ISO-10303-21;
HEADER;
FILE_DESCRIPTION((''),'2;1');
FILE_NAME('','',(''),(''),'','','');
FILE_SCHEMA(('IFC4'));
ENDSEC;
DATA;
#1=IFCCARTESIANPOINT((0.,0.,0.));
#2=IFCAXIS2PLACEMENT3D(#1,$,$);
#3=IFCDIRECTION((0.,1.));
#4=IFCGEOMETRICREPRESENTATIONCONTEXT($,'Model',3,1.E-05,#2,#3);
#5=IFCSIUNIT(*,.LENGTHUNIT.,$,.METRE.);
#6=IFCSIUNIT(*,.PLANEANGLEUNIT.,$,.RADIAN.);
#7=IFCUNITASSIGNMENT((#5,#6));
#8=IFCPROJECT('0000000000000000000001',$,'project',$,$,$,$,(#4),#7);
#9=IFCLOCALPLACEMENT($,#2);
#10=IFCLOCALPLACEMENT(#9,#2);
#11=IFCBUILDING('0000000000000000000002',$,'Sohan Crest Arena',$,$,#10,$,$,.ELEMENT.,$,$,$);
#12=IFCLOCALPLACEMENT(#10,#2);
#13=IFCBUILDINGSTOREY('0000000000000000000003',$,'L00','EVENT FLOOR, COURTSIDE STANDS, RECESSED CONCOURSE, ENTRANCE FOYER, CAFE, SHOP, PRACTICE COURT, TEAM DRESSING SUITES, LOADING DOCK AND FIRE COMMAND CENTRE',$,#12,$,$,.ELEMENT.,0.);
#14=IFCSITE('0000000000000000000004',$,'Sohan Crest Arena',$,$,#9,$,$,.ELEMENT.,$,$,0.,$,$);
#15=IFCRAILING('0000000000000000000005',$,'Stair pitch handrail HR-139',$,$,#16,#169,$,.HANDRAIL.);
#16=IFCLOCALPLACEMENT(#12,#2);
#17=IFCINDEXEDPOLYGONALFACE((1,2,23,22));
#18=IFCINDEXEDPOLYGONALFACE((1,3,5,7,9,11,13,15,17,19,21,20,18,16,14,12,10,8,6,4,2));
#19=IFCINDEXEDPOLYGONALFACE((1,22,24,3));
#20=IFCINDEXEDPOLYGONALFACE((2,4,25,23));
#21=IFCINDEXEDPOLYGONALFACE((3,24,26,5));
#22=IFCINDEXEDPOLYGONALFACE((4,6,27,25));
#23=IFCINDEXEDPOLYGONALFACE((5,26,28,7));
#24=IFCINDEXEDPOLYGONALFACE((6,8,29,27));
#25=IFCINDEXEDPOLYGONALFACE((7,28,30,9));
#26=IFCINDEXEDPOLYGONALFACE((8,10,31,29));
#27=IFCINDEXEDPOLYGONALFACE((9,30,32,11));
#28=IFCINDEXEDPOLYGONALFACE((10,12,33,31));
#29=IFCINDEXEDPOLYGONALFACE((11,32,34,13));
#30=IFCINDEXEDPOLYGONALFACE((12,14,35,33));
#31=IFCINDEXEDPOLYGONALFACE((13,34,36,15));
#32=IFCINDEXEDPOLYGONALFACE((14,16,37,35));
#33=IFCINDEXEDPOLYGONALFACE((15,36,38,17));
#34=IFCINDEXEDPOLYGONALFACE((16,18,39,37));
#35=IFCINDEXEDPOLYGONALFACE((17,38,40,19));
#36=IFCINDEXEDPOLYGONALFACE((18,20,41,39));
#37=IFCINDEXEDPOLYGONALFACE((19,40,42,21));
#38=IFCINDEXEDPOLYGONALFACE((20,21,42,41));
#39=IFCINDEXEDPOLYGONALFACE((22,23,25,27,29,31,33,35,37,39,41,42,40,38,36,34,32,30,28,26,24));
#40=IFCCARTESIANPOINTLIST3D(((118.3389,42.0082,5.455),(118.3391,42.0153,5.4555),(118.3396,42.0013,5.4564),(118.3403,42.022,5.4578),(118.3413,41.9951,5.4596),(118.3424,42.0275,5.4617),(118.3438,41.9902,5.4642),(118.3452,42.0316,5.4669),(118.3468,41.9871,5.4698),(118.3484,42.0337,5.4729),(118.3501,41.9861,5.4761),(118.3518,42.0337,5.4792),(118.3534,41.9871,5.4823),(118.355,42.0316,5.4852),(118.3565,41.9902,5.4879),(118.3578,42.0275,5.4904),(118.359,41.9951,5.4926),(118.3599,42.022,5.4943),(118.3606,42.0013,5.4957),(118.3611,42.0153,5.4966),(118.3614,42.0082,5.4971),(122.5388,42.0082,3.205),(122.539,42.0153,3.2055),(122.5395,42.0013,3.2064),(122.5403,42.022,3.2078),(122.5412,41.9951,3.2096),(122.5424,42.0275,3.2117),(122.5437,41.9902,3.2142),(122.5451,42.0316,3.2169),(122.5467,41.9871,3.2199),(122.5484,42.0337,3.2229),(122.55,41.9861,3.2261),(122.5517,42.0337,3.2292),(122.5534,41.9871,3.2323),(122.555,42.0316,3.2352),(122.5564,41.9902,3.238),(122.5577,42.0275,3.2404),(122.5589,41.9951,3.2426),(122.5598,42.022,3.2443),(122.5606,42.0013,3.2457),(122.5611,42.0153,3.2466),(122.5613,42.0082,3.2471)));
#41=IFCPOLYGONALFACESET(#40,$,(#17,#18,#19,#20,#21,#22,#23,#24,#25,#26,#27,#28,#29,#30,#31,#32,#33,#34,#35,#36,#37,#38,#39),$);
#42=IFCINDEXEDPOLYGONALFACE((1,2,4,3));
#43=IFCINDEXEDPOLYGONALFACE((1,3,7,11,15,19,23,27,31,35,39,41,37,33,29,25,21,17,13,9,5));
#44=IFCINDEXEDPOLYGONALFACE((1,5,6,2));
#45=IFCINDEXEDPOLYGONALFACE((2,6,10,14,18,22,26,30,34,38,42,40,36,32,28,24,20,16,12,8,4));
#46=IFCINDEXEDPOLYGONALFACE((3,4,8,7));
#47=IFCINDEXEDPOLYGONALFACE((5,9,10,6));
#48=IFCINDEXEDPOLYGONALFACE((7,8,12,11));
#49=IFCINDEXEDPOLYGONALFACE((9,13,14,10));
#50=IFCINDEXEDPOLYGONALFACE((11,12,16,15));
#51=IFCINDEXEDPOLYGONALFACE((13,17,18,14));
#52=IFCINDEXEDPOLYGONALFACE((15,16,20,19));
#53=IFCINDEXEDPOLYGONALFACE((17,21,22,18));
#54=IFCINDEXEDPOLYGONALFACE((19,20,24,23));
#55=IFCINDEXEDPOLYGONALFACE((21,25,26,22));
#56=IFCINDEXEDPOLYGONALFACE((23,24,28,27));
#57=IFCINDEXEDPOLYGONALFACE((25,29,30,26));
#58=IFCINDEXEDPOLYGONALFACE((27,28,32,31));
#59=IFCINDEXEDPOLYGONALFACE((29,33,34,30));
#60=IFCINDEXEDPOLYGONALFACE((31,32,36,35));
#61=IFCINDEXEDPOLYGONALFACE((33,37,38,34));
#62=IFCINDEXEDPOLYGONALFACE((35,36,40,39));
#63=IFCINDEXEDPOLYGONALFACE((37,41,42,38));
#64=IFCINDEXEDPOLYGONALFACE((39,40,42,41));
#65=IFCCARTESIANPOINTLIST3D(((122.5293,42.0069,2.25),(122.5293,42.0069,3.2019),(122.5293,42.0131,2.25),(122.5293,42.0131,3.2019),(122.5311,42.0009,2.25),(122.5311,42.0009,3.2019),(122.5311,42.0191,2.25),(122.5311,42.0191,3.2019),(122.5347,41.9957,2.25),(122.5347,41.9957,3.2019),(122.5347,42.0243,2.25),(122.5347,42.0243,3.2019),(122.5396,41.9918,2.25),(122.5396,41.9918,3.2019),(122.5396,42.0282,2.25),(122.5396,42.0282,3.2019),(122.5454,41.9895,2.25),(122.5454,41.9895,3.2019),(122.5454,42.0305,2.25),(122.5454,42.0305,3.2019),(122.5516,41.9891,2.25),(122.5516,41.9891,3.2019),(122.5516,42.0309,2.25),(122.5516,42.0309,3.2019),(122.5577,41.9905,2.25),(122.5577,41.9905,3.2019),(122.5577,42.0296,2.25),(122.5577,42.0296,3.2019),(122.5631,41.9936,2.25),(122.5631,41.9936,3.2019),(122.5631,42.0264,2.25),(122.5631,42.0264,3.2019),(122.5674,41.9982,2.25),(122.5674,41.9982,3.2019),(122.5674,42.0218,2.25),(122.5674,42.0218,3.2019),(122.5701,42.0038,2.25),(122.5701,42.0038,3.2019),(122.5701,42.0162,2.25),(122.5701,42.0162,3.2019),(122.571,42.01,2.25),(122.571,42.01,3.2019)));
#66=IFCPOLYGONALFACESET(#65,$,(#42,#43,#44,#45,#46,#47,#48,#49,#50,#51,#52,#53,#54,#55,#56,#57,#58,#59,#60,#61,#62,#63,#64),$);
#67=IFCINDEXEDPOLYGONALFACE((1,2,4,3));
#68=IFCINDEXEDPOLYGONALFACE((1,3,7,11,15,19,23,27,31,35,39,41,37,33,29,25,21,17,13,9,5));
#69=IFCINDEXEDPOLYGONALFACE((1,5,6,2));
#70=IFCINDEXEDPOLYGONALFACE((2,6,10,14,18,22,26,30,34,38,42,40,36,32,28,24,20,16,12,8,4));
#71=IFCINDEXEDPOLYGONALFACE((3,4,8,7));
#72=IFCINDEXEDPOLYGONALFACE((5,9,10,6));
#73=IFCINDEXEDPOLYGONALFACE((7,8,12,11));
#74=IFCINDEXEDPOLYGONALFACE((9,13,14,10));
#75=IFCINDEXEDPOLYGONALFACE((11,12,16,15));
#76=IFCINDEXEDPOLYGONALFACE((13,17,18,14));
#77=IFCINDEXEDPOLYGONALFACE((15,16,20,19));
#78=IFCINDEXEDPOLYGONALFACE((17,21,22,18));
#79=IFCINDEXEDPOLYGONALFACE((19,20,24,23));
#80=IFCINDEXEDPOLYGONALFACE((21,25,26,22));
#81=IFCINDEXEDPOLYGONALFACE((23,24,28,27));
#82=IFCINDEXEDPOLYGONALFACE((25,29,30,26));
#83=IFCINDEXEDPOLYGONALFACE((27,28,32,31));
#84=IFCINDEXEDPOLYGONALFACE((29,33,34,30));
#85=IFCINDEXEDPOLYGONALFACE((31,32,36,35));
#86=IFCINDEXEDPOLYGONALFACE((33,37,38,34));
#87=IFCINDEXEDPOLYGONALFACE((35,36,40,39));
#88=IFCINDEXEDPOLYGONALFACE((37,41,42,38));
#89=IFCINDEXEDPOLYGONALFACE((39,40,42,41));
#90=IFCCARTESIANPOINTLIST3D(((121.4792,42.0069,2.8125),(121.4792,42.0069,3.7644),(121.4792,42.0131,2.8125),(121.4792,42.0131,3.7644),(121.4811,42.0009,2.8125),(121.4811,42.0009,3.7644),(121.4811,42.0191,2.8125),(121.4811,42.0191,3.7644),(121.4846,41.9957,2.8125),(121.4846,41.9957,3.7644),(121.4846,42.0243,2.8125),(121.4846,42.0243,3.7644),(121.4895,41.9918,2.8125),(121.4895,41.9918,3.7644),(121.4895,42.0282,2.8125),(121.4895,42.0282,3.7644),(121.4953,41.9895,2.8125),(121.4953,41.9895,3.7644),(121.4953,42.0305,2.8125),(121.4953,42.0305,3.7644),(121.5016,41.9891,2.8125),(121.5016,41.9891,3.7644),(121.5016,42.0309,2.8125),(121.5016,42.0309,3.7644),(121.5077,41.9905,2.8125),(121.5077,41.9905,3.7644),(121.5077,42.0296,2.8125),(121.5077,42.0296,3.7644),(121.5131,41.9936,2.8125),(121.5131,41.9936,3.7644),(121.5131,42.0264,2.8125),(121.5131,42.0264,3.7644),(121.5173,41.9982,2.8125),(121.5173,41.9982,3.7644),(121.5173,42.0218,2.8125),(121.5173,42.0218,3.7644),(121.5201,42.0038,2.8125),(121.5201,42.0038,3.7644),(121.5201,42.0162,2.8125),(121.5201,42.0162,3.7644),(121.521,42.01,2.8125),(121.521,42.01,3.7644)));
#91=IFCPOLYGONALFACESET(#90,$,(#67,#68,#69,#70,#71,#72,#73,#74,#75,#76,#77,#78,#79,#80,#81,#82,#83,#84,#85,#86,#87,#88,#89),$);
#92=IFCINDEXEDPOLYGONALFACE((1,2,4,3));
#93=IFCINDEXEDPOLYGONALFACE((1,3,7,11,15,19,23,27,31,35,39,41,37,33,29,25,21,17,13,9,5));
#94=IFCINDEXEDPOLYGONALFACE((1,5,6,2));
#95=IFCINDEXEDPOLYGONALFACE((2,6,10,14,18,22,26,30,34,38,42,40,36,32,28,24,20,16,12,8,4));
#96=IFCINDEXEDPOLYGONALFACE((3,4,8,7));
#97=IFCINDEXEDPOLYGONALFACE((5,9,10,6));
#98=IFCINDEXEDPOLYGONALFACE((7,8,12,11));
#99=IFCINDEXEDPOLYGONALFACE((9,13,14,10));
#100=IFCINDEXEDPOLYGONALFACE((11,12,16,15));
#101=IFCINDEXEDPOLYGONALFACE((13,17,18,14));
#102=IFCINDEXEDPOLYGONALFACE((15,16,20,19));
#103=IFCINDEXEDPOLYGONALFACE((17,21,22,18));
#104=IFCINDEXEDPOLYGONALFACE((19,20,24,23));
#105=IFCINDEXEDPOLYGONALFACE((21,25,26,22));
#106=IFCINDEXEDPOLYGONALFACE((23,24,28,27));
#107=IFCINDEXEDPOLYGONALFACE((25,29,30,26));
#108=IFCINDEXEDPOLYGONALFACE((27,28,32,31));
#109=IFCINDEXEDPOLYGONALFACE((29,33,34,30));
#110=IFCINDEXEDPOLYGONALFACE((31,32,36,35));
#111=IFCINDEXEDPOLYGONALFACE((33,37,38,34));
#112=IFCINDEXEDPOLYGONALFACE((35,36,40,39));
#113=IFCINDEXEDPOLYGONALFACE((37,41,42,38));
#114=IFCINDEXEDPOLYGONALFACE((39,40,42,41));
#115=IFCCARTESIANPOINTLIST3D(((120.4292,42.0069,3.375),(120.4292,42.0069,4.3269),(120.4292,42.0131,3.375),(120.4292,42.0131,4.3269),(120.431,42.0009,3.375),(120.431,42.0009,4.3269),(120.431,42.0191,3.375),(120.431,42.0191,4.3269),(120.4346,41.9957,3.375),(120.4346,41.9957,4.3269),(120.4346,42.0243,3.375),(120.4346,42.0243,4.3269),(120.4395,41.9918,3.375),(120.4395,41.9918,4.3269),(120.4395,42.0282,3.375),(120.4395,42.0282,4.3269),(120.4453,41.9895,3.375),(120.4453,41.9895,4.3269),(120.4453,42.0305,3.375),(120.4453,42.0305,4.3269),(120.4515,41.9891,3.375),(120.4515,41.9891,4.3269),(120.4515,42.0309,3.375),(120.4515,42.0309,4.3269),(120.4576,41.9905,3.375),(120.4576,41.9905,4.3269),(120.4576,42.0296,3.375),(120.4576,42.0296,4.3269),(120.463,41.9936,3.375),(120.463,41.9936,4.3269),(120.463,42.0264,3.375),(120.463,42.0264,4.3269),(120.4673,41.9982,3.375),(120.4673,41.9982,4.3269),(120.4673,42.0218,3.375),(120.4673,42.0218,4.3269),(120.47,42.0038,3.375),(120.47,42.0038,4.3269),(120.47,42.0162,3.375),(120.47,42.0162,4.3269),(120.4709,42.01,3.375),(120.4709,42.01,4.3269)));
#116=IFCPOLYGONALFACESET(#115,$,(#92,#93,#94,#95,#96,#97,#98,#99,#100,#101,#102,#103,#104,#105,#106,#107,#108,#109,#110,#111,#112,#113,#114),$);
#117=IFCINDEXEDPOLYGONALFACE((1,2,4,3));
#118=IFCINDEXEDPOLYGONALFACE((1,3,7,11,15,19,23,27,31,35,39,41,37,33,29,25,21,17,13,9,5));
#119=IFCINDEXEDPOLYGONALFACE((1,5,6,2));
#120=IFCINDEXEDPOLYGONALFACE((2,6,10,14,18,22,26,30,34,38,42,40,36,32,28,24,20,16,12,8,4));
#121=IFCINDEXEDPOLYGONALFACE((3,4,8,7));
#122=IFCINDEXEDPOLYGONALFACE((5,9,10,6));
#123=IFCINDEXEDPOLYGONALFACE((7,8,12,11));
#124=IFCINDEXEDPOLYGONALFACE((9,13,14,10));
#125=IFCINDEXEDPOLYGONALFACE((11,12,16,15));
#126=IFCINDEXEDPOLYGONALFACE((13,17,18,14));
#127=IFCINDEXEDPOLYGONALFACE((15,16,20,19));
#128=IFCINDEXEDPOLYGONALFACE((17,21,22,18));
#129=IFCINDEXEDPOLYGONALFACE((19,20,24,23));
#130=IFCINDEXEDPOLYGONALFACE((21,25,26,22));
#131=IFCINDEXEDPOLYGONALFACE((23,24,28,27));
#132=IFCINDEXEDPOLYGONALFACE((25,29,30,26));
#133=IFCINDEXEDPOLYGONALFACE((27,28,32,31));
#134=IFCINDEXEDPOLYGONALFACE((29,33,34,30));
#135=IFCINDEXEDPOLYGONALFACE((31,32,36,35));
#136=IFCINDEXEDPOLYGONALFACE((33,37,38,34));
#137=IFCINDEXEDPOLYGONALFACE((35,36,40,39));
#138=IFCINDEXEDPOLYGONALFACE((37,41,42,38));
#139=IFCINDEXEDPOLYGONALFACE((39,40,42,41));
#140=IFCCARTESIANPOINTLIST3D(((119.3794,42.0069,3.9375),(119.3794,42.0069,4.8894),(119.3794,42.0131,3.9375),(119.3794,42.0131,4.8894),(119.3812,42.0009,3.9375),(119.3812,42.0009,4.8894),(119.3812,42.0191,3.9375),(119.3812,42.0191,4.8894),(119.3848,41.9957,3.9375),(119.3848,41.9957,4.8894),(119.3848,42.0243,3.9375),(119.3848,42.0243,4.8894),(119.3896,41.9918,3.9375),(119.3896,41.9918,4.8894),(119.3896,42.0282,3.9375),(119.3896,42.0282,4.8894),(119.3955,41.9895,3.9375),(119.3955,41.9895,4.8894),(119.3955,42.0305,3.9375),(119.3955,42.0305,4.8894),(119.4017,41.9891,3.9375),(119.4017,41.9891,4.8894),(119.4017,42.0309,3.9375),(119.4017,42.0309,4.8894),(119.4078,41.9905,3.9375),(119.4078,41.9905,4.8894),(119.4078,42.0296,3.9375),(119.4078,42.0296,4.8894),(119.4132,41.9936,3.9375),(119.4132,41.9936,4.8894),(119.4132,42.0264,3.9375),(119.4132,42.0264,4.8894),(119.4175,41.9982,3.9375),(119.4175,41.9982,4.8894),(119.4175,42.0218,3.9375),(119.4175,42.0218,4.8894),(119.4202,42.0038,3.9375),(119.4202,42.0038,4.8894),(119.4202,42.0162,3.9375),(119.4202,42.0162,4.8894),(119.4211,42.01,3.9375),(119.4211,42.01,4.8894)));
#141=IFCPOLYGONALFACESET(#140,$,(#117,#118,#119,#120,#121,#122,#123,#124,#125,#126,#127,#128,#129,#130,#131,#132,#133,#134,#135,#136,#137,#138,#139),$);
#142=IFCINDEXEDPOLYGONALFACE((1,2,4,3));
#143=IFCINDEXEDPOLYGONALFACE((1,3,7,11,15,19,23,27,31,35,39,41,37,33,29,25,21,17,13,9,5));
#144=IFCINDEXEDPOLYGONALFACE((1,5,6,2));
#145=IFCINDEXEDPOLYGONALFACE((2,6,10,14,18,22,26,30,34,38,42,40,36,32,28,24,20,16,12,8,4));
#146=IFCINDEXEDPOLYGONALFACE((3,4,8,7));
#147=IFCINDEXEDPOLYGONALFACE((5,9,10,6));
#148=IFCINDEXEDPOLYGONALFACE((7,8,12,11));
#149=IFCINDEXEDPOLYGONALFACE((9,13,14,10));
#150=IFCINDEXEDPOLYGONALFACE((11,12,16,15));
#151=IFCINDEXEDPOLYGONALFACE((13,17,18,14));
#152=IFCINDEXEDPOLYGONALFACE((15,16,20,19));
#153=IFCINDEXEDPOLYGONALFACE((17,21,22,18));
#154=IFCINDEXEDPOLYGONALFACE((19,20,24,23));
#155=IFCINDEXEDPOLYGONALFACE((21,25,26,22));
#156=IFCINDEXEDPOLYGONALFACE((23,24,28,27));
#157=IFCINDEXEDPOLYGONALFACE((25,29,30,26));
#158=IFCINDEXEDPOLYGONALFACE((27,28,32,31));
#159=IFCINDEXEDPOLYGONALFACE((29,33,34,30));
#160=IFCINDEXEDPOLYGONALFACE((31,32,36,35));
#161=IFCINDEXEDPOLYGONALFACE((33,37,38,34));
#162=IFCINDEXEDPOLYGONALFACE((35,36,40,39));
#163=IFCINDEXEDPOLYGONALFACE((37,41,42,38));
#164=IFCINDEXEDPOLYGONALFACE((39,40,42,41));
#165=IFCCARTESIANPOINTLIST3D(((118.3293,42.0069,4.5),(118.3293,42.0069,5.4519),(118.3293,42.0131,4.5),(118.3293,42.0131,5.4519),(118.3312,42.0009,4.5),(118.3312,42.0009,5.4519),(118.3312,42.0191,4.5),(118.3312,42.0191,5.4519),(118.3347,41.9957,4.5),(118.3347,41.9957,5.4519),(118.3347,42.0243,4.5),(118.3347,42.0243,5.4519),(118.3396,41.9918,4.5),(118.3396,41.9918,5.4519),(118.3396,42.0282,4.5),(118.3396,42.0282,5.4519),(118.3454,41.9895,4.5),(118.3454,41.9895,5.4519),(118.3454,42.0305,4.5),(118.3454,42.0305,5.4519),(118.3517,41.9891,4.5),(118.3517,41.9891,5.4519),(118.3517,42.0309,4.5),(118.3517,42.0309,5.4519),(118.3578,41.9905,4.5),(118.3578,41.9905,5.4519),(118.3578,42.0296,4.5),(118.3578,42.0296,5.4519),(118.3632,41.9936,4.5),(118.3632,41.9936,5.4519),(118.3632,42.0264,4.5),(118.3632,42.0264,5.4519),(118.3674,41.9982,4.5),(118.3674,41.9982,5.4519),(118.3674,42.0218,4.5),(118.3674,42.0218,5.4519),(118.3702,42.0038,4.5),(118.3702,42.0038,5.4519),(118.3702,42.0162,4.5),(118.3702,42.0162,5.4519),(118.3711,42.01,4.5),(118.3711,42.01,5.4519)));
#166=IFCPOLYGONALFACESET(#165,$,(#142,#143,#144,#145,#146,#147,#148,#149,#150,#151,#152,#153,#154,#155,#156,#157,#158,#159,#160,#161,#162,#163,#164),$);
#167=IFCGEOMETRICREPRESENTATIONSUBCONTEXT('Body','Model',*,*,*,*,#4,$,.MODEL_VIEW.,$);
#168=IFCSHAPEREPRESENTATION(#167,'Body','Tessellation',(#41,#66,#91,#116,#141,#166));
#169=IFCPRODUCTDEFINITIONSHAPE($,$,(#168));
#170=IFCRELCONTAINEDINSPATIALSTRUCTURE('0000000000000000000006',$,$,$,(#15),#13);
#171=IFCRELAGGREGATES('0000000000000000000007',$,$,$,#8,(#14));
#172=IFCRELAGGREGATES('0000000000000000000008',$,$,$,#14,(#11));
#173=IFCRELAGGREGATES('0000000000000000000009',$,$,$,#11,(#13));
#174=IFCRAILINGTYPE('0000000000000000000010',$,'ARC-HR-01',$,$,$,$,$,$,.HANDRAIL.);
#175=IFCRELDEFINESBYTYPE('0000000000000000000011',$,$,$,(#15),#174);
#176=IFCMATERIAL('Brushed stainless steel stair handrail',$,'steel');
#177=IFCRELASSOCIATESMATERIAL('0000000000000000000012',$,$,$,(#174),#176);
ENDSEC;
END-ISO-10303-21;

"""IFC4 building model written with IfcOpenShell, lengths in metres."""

from ifc_helpers import new_model, si_unit, direction, frame, origin, origin_2d, place, context, subcontext, project, spatial, circle, extrude, material, type_object, element, save


model = new_model("IFC4")

# Units and contexts
model_context = context("Model", 3, precision=1e-05, world=origin(), true_north=direction((0.0, 1.0)))
body_context = subcontext(model_context, "Body", "Model", "MODEL_VIEW")
ifc_project = project(units=[si_unit("LENGTHUNIT", "METRE"), si_unit("PLANEANGLEUNIT", "RADIAN")], contexts=[model_context])

# Site, building, storey
site_placement = place(None, origin())
site = spatial("IfcSite", under=ifc_project, at=site_placement, Name="Sohan Crest Arena", CompositionType="ELEMENT", RefElevation=0.0)
building_placement = place(site_placement, origin())
building = spatial("IfcBuilding", under=site, at=building_placement, Name="Sohan Crest Arena", CompositionType="ELEMENT")
storey_placement = place(building_placement, origin())
storey = spatial("IfcBuildingStorey", under=building, at=storey_placement, Name="L00", Description="EVENT FLOOR, COURTSIDE STANDS, RECESSED CONCOURSE, ENTRANCE FOYER, CAFE, SHOP, PRACTICE COURT, TEAM DRESSING SUITES, LOADING DOCK AND FIRE COMMAND CENTRE", CompositionType="ELEMENT", Elevation=0.0)

# Railing
ifc_material_1 = material(Name="Brushed stainless steel stair handrail", Category="steel")
railing_type_1 = type_object("IfcRailingType", Name="ARC-HR-01", PredefinedType="HANDRAIL", material=ifc_material_1)
railing_1_placement = place(storey_placement, frame((122.55, 42.01, 2.25)))
element("IfcRailing", 1, at=railing_1_placement, inside=storey, type_object=railing_type_1, Name="Stair pitch handrail HR-139", PredefinedType="HANDRAIL", context=body_context, shape_type="SweptSolid", body=[
    extrude(circle(Radius=0.0239, at=origin_2d()), frame((0.0, 0.0, 0.9761), z_axis=(-0.881478, 0.0, 0.472226), x_axis=(0.0, -1.0, 0.0)), (0.0, 0.0, 1.0), 4.7646),
    extrude(circle(Radius=0.021, at=origin_2d()), origin(), (0.0, 0.0, 1.0), 0.9519),
    extrude(circle(Radius=0.021, at=origin_2d()), frame((-1.05, 0.0, 0.5625)), (0.0, 0.0, 1.0), 0.9519),
    extrude(circle(Radius=0.021, at=origin_2d()), frame((-2.1001, 0.0, 1.125)), (0.0, 0.0, 1.0), 0.9519),
    extrude(circle(Radius=0.021, at=origin_2d()), frame((-3.1499, 0.0, 1.6875)), (0.0, 0.0, 1.0), 0.9519),
    extrude(circle(Radius=0.021, at=origin_2d()), frame((-4.2, 0.0, 2.25)), (0.0, 0.0, 1.0), 0.9519),
])

save(model, "model.ifc")
